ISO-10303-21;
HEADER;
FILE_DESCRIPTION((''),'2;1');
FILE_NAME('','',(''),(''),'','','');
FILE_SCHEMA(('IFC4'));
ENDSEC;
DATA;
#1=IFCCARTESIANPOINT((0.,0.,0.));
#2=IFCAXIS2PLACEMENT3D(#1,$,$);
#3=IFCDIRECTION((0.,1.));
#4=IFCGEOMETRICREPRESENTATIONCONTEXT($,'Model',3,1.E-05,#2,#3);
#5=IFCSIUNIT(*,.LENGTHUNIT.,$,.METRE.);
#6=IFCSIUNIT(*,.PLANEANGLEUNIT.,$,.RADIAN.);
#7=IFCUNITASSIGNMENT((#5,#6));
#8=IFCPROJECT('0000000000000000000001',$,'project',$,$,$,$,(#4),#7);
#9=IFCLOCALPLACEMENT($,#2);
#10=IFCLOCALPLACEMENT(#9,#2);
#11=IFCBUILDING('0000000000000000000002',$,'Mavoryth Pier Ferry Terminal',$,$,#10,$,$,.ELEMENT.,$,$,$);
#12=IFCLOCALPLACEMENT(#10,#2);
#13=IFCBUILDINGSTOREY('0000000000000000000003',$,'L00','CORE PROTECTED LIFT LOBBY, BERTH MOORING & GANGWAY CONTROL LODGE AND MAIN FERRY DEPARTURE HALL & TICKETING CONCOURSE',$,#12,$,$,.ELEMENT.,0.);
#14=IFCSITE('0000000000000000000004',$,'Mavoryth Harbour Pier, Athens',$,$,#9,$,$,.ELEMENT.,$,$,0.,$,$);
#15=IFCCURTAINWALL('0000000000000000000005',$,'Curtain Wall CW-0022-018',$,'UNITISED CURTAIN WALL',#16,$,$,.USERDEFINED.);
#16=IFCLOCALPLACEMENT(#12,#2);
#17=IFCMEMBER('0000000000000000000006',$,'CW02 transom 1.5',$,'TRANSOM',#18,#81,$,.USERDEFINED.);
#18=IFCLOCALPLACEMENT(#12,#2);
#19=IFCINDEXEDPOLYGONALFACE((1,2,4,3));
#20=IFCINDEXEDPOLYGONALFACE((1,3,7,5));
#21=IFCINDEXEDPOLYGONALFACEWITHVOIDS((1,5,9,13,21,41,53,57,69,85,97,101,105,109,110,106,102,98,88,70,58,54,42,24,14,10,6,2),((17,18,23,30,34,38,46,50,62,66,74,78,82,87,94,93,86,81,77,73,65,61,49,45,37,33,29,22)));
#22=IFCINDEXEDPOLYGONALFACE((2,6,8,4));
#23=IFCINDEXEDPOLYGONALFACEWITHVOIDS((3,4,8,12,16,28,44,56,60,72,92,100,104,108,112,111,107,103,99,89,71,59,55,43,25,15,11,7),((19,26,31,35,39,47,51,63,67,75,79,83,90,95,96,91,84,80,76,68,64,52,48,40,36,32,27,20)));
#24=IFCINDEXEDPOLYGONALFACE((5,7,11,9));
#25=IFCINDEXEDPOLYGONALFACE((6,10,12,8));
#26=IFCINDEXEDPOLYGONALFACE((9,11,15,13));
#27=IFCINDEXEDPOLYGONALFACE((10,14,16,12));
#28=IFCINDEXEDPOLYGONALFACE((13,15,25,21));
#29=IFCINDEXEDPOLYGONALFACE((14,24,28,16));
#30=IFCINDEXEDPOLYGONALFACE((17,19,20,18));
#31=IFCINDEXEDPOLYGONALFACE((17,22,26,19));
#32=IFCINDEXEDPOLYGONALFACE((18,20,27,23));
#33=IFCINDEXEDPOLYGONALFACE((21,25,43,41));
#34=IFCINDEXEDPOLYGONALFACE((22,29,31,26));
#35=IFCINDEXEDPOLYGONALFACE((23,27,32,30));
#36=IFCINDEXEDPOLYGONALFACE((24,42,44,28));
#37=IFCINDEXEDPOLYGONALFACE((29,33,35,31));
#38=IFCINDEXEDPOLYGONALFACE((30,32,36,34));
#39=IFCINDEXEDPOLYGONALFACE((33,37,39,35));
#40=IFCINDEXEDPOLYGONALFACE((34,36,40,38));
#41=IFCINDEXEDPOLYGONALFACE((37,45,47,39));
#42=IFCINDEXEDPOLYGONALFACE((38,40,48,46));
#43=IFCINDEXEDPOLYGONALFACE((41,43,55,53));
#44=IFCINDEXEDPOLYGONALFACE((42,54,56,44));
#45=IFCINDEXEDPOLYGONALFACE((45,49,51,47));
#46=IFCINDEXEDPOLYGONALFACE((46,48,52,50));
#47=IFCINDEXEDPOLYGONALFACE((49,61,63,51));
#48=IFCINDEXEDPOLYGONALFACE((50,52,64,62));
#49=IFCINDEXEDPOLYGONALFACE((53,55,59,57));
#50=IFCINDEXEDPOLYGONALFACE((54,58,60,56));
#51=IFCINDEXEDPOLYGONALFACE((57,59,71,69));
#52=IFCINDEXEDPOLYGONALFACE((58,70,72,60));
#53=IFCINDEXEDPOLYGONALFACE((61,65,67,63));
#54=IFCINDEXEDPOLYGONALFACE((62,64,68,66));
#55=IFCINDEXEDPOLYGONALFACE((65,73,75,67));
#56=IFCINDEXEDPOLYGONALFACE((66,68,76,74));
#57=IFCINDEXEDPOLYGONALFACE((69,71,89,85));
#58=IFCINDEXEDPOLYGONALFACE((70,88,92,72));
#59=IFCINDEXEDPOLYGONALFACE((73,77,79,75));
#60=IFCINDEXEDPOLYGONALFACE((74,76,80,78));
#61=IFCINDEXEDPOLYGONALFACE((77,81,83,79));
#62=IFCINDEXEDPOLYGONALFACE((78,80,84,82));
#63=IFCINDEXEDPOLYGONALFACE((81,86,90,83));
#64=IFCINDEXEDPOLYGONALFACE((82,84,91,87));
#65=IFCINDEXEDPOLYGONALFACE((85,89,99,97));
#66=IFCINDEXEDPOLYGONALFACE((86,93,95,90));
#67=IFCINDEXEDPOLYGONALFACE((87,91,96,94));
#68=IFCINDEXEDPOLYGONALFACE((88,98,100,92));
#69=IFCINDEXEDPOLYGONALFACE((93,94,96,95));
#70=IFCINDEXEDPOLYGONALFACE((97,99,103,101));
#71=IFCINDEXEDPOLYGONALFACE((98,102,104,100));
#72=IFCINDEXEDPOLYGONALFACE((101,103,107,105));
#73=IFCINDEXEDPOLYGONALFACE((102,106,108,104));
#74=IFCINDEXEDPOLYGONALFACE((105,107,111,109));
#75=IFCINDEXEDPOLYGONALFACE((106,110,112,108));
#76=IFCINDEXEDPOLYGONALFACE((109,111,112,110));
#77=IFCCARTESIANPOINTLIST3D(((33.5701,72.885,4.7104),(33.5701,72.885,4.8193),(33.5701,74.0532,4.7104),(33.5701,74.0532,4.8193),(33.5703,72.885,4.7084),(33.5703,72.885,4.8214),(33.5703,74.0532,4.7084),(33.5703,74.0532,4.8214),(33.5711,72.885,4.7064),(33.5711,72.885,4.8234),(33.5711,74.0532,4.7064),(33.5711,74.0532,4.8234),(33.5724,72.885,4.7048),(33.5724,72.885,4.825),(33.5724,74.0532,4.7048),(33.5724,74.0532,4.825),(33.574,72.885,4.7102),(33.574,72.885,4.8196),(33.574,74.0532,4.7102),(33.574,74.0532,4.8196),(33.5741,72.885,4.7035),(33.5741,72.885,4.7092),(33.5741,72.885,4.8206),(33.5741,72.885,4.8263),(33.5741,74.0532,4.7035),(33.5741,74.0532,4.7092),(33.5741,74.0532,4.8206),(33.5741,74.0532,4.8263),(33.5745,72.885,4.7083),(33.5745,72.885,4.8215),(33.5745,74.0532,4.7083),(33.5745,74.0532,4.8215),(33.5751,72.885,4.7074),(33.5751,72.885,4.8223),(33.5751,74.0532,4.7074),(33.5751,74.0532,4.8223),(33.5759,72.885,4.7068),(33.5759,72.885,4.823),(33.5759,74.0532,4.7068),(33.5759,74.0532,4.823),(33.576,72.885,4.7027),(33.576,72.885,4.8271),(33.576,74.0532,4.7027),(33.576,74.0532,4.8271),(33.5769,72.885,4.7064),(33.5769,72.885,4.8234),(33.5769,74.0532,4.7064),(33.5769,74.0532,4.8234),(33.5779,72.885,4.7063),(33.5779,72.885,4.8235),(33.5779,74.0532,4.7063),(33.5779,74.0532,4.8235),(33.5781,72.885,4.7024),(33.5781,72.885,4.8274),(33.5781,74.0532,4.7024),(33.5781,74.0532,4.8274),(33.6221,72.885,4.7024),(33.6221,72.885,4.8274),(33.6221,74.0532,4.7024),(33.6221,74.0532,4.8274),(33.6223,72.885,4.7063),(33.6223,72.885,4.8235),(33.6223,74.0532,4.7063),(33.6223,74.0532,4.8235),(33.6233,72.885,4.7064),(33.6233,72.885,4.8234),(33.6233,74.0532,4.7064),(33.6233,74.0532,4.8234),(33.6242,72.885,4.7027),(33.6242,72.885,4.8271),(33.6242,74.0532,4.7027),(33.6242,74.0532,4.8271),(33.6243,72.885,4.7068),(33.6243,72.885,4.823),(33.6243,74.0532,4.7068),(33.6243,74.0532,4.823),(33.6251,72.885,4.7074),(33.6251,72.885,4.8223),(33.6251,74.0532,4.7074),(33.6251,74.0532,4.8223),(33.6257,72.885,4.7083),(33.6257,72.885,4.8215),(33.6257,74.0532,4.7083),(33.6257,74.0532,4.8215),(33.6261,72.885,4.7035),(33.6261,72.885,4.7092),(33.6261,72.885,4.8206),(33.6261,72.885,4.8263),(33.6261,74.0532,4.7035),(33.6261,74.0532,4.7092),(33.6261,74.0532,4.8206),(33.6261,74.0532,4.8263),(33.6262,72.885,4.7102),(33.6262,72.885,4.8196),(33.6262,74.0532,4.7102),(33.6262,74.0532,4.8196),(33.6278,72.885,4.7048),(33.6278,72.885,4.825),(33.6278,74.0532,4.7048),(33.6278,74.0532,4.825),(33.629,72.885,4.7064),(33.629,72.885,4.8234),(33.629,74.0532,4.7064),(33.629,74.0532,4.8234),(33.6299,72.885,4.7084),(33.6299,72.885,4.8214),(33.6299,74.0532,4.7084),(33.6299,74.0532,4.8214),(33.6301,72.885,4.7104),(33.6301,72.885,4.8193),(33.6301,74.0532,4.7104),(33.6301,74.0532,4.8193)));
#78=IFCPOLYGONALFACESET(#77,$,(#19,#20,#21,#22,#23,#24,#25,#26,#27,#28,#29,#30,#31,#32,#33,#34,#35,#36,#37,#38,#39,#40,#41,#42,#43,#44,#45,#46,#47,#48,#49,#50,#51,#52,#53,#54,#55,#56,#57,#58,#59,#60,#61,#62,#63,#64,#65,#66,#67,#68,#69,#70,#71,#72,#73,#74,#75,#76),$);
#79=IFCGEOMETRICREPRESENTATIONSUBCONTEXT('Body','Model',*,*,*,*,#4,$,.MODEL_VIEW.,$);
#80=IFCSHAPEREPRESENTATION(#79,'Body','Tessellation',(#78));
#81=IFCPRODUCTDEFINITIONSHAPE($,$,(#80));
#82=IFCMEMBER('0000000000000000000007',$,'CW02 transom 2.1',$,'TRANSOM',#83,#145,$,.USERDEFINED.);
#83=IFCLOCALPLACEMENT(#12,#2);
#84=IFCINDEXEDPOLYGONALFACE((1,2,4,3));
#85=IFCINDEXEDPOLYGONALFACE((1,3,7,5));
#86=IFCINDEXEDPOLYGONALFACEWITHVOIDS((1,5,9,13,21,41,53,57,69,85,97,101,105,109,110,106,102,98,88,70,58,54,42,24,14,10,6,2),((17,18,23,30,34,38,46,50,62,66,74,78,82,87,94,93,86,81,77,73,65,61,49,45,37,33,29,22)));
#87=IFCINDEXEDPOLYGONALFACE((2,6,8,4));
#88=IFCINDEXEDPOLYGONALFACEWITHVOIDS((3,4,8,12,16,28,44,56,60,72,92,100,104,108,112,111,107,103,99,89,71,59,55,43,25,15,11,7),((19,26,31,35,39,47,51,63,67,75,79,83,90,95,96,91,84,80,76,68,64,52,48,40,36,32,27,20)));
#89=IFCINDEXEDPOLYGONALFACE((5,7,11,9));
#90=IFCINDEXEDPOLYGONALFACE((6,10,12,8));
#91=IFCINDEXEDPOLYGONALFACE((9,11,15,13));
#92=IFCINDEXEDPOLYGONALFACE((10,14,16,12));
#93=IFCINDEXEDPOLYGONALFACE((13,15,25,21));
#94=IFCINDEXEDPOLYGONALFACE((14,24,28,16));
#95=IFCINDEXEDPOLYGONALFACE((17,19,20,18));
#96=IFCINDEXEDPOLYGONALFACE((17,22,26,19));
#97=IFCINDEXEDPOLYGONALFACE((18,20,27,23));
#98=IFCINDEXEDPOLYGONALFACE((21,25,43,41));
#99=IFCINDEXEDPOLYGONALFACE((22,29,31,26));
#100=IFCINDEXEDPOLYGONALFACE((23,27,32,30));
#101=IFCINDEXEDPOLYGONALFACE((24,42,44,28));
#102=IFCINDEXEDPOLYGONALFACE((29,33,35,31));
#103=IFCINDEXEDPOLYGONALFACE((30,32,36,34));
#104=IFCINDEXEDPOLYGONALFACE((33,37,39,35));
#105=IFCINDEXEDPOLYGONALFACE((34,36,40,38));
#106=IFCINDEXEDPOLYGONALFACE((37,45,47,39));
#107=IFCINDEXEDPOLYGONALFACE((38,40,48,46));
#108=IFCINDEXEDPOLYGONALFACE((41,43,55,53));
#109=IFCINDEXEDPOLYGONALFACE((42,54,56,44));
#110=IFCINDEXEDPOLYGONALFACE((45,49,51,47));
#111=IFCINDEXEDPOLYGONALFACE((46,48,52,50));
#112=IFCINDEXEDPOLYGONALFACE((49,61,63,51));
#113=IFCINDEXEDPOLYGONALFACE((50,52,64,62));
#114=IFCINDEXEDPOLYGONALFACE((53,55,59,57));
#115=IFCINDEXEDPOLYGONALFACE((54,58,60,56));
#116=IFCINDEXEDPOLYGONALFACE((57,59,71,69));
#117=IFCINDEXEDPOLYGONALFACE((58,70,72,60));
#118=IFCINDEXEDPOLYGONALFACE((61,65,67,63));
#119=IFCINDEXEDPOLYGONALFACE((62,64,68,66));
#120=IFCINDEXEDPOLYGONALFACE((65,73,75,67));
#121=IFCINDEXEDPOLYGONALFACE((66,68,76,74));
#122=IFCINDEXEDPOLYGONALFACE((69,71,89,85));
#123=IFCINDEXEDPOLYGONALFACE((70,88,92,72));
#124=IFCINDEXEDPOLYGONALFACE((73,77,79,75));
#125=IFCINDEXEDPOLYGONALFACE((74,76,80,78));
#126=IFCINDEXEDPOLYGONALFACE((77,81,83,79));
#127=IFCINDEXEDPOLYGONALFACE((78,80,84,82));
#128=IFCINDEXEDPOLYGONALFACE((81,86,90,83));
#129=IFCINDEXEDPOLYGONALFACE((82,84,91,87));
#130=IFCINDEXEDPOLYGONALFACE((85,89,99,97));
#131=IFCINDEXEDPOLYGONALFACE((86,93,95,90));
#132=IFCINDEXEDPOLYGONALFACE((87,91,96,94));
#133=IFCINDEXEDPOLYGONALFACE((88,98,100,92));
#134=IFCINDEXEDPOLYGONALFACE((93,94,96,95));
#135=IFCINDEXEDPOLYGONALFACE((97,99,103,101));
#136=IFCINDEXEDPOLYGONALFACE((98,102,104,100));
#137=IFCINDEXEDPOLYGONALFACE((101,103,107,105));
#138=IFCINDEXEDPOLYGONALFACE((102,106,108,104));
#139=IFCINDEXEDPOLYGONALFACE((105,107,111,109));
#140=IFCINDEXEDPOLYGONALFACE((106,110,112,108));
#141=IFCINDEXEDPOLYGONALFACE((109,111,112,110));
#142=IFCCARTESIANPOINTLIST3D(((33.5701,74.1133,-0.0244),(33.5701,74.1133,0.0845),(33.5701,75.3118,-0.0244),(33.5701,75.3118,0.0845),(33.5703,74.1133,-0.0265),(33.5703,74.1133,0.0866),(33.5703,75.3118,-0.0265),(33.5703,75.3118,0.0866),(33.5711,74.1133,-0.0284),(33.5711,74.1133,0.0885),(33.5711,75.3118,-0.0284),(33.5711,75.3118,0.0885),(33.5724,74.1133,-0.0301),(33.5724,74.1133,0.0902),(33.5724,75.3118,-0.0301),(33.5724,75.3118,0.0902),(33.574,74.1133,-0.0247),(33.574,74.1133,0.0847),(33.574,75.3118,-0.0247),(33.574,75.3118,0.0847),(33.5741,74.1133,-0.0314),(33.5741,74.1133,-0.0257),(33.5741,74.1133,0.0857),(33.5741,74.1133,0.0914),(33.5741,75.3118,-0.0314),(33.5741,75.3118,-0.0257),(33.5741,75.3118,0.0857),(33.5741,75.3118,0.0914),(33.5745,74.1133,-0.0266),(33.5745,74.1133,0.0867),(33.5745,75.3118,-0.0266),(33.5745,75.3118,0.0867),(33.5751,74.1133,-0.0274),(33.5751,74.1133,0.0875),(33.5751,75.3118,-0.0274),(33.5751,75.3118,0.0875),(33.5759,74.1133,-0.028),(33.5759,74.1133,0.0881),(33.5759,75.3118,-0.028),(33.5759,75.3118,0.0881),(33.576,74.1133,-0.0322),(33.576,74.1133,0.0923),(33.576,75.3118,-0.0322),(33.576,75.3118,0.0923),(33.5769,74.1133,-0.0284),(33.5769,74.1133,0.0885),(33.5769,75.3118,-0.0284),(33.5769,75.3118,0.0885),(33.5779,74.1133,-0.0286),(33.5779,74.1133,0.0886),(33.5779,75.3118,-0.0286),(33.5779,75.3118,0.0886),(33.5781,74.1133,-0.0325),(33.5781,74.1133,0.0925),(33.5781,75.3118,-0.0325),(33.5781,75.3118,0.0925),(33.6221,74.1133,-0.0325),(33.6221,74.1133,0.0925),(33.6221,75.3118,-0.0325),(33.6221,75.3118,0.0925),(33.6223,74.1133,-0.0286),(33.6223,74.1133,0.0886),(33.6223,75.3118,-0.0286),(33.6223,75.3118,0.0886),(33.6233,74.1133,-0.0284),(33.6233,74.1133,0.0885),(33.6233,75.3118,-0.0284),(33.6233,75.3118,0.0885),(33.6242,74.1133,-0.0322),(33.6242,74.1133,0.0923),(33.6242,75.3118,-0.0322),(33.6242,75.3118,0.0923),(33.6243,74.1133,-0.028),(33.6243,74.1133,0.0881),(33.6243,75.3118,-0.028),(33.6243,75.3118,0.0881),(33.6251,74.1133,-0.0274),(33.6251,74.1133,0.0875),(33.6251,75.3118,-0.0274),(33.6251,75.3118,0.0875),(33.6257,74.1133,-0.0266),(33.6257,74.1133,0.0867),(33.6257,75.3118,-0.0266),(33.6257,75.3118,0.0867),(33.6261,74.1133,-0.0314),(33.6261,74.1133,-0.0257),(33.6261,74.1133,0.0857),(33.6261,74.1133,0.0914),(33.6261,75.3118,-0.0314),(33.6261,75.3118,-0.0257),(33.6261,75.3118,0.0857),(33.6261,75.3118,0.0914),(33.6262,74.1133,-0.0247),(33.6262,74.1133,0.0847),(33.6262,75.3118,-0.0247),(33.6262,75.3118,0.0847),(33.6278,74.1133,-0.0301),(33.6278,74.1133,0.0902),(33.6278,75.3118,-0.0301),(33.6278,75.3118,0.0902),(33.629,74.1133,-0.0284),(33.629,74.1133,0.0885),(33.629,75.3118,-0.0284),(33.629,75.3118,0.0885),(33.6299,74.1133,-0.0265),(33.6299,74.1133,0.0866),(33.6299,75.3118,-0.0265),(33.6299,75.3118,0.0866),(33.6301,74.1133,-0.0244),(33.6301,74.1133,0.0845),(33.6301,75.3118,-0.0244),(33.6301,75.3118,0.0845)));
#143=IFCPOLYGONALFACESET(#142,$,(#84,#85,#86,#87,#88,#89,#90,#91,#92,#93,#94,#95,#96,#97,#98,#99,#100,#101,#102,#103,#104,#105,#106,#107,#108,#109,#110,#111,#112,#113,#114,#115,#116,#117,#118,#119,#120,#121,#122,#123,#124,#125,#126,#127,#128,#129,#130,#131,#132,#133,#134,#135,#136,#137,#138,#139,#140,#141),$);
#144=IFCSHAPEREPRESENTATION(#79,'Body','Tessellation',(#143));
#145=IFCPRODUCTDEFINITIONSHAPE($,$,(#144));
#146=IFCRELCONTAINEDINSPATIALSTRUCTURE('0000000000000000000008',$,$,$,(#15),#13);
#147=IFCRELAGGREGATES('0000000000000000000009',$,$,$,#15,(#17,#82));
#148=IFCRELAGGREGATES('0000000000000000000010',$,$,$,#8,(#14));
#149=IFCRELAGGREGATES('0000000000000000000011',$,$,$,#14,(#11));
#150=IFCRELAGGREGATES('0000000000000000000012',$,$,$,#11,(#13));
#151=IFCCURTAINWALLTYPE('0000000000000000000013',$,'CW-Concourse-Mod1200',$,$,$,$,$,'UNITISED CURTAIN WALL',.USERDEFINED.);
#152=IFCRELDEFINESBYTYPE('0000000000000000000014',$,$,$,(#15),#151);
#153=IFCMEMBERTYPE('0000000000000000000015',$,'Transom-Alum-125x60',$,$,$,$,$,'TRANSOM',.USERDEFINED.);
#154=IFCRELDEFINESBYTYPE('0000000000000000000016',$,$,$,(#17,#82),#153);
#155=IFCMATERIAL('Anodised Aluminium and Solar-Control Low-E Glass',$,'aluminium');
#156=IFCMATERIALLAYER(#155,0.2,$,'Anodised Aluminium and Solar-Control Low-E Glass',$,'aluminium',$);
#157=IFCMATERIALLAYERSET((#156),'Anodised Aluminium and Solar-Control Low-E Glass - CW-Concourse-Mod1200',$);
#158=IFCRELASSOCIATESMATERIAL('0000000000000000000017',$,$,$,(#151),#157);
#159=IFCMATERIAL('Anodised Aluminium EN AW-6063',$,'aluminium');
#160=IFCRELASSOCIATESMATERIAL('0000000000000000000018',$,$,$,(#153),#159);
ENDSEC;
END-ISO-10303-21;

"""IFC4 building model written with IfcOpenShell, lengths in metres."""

from ifc_helpers import new_model, si_unit, direction, frame, origin, origin_2d, place, context, subcontext, project, spatial, hollow_rectangle, extrude, material, layer, layer_set, material_profile, profile_set, type_object, element, aggregate, save


model = new_model("IFC4")

# Units and contexts
model_context = context("Model", 3, precision=1e-05, world=origin(), true_north=direction((0.0, 1.0)))
body_context = subcontext(model_context, "Body", "Model", "MODEL_VIEW")
ifc_project = project(units=[si_unit("LENGTHUNIT", "METRE"), si_unit("PLANEANGLEUNIT", "RADIAN")], contexts=[model_context])

# Site, building, storey
site_placement = place(None, origin())
site = spatial("IfcSite", under=ifc_project, at=site_placement, Name="Mavoryth Harbour Pier, Athens", CompositionType="ELEMENT", RefElevation=0.0)
building_placement = place(site_placement, origin())
building = spatial("IfcBuilding", under=site, at=building_placement, Name="Mavoryth Pier Ferry Terminal", CompositionType="ELEMENT")
storey_placement = place(building_placement, origin())
storey = spatial("IfcBuildingStorey", under=building, at=storey_placement, Name="L00", Description="CORE PROTECTED LIFT LOBBY, BERTH MOORING & GANGWAY CONTROL LODGE AND MAIN FERRY DEPARTURE HALL & TICKETING CONCOURSE", CompositionType="ELEMENT", Elevation=0.0)

# Curtain wall, members
ifc_material_1 = material(Name="Anodised Aluminium and Solar-Control Low-E Glass", Category="aluminium")
ifc_layer_1 = layer(ifc_material_1, 0.2, Name="Anodised Aluminium and Solar-Control Low-E Glass", Category="aluminium")
ifc_layer_set_1 = layer_set([ifc_layer_1], Name="Anodised Aluminium and Solar-Control Low-E Glass - CW-Concourse-Mod1200")
curtain_wall_type = type_object("IfcCurtainWallType", Name="CW-Concourse-Mod1200", ElementType="UNITISED CURTAIN WALL", PredefinedType="USERDEFINED", material=ifc_layer_set_1)
curtain_wall_placement = place(storey_placement, origin())
curtain_wall = element("IfcCurtainWall", 1, at=curtain_wall_placement, inside=storey, type_object=curtain_wall_type, Name="Curtain Wall CW-0022-018", ObjectType="UNITISED CURTAIN WALL", PredefinedType="USERDEFINED")
ifc_material_2 = material(Name="Anodised Aluminium EN AW-6063", Category="aluminium")
ifc_material_profile_1 = material_profile(ifc_material_2, hollow_rectangle(XDim=0.0601, YDim=0.125, WallThickness=0.0039, InnerFilletRadius=0.0039, OuterFilletRadius=0.0081, at=origin_2d()), Name="AL-TRAN 125x60x4", Category="aluminium")
ifc_profile_set_1 = profile_set([ifc_material_profile_1], Name="Anodised Aluminium EN AW-6063 - AL-TRAN 125x60x4")
member_type_1 = type_object("IfcMemberType", Name="Transom-Alum-125x60", ElementType="TRANSOM", PredefinedType="USERDEFINED", material=ifc_profile_set_1)
member_1_placement = place(storey_placement, frame((33.6001, 72.885, 4.7649), z_axis=(0.0, 1.0, 0.0), x_axis=(-1.0, 0.0, 0.0)))
member_1 = element("IfcMember", 2, at=member_1_placement, type_object=member_type_1, Name="CW02 transom 1.5", ObjectType="TRANSOM", PredefinedType="USERDEFINED", context=body_context, shape_type="SweptSolid", body=[
    extrude(hollow_rectangle(XDim=0.0601, YDim=0.125, WallThickness=0.0039, InnerFilletRadius=0.0039, OuterFilletRadius=0.0081, at=origin_2d()), origin(), (0.0, 0.0, 1.0), 1.1682),
])
member_2_placement = place(storey_placement, frame((33.6001, 74.1133, 0.03), z_axis=(0.0, 1.0, 0.0), x_axis=(-1.0, 0.0, 0.0)))
member_2 = element("IfcMember", 3, at=member_2_placement, type_object=member_type_1, Name="CW02 transom 2.1", ObjectType="TRANSOM", PredefinedType="USERDEFINED", context=body_context, shape_type="SweptSolid", body=[
    extrude(hollow_rectangle(XDim=0.0601, YDim=0.125, WallThickness=0.0039, InnerFilletRadius=0.0039, OuterFilletRadius=0.0081, at=origin_2d()), origin(), (0.0, 0.0, 1.0), 1.1985),
])
aggregate(curtain_wall, [member_1, member_2])

save(model, "model.ifc")
